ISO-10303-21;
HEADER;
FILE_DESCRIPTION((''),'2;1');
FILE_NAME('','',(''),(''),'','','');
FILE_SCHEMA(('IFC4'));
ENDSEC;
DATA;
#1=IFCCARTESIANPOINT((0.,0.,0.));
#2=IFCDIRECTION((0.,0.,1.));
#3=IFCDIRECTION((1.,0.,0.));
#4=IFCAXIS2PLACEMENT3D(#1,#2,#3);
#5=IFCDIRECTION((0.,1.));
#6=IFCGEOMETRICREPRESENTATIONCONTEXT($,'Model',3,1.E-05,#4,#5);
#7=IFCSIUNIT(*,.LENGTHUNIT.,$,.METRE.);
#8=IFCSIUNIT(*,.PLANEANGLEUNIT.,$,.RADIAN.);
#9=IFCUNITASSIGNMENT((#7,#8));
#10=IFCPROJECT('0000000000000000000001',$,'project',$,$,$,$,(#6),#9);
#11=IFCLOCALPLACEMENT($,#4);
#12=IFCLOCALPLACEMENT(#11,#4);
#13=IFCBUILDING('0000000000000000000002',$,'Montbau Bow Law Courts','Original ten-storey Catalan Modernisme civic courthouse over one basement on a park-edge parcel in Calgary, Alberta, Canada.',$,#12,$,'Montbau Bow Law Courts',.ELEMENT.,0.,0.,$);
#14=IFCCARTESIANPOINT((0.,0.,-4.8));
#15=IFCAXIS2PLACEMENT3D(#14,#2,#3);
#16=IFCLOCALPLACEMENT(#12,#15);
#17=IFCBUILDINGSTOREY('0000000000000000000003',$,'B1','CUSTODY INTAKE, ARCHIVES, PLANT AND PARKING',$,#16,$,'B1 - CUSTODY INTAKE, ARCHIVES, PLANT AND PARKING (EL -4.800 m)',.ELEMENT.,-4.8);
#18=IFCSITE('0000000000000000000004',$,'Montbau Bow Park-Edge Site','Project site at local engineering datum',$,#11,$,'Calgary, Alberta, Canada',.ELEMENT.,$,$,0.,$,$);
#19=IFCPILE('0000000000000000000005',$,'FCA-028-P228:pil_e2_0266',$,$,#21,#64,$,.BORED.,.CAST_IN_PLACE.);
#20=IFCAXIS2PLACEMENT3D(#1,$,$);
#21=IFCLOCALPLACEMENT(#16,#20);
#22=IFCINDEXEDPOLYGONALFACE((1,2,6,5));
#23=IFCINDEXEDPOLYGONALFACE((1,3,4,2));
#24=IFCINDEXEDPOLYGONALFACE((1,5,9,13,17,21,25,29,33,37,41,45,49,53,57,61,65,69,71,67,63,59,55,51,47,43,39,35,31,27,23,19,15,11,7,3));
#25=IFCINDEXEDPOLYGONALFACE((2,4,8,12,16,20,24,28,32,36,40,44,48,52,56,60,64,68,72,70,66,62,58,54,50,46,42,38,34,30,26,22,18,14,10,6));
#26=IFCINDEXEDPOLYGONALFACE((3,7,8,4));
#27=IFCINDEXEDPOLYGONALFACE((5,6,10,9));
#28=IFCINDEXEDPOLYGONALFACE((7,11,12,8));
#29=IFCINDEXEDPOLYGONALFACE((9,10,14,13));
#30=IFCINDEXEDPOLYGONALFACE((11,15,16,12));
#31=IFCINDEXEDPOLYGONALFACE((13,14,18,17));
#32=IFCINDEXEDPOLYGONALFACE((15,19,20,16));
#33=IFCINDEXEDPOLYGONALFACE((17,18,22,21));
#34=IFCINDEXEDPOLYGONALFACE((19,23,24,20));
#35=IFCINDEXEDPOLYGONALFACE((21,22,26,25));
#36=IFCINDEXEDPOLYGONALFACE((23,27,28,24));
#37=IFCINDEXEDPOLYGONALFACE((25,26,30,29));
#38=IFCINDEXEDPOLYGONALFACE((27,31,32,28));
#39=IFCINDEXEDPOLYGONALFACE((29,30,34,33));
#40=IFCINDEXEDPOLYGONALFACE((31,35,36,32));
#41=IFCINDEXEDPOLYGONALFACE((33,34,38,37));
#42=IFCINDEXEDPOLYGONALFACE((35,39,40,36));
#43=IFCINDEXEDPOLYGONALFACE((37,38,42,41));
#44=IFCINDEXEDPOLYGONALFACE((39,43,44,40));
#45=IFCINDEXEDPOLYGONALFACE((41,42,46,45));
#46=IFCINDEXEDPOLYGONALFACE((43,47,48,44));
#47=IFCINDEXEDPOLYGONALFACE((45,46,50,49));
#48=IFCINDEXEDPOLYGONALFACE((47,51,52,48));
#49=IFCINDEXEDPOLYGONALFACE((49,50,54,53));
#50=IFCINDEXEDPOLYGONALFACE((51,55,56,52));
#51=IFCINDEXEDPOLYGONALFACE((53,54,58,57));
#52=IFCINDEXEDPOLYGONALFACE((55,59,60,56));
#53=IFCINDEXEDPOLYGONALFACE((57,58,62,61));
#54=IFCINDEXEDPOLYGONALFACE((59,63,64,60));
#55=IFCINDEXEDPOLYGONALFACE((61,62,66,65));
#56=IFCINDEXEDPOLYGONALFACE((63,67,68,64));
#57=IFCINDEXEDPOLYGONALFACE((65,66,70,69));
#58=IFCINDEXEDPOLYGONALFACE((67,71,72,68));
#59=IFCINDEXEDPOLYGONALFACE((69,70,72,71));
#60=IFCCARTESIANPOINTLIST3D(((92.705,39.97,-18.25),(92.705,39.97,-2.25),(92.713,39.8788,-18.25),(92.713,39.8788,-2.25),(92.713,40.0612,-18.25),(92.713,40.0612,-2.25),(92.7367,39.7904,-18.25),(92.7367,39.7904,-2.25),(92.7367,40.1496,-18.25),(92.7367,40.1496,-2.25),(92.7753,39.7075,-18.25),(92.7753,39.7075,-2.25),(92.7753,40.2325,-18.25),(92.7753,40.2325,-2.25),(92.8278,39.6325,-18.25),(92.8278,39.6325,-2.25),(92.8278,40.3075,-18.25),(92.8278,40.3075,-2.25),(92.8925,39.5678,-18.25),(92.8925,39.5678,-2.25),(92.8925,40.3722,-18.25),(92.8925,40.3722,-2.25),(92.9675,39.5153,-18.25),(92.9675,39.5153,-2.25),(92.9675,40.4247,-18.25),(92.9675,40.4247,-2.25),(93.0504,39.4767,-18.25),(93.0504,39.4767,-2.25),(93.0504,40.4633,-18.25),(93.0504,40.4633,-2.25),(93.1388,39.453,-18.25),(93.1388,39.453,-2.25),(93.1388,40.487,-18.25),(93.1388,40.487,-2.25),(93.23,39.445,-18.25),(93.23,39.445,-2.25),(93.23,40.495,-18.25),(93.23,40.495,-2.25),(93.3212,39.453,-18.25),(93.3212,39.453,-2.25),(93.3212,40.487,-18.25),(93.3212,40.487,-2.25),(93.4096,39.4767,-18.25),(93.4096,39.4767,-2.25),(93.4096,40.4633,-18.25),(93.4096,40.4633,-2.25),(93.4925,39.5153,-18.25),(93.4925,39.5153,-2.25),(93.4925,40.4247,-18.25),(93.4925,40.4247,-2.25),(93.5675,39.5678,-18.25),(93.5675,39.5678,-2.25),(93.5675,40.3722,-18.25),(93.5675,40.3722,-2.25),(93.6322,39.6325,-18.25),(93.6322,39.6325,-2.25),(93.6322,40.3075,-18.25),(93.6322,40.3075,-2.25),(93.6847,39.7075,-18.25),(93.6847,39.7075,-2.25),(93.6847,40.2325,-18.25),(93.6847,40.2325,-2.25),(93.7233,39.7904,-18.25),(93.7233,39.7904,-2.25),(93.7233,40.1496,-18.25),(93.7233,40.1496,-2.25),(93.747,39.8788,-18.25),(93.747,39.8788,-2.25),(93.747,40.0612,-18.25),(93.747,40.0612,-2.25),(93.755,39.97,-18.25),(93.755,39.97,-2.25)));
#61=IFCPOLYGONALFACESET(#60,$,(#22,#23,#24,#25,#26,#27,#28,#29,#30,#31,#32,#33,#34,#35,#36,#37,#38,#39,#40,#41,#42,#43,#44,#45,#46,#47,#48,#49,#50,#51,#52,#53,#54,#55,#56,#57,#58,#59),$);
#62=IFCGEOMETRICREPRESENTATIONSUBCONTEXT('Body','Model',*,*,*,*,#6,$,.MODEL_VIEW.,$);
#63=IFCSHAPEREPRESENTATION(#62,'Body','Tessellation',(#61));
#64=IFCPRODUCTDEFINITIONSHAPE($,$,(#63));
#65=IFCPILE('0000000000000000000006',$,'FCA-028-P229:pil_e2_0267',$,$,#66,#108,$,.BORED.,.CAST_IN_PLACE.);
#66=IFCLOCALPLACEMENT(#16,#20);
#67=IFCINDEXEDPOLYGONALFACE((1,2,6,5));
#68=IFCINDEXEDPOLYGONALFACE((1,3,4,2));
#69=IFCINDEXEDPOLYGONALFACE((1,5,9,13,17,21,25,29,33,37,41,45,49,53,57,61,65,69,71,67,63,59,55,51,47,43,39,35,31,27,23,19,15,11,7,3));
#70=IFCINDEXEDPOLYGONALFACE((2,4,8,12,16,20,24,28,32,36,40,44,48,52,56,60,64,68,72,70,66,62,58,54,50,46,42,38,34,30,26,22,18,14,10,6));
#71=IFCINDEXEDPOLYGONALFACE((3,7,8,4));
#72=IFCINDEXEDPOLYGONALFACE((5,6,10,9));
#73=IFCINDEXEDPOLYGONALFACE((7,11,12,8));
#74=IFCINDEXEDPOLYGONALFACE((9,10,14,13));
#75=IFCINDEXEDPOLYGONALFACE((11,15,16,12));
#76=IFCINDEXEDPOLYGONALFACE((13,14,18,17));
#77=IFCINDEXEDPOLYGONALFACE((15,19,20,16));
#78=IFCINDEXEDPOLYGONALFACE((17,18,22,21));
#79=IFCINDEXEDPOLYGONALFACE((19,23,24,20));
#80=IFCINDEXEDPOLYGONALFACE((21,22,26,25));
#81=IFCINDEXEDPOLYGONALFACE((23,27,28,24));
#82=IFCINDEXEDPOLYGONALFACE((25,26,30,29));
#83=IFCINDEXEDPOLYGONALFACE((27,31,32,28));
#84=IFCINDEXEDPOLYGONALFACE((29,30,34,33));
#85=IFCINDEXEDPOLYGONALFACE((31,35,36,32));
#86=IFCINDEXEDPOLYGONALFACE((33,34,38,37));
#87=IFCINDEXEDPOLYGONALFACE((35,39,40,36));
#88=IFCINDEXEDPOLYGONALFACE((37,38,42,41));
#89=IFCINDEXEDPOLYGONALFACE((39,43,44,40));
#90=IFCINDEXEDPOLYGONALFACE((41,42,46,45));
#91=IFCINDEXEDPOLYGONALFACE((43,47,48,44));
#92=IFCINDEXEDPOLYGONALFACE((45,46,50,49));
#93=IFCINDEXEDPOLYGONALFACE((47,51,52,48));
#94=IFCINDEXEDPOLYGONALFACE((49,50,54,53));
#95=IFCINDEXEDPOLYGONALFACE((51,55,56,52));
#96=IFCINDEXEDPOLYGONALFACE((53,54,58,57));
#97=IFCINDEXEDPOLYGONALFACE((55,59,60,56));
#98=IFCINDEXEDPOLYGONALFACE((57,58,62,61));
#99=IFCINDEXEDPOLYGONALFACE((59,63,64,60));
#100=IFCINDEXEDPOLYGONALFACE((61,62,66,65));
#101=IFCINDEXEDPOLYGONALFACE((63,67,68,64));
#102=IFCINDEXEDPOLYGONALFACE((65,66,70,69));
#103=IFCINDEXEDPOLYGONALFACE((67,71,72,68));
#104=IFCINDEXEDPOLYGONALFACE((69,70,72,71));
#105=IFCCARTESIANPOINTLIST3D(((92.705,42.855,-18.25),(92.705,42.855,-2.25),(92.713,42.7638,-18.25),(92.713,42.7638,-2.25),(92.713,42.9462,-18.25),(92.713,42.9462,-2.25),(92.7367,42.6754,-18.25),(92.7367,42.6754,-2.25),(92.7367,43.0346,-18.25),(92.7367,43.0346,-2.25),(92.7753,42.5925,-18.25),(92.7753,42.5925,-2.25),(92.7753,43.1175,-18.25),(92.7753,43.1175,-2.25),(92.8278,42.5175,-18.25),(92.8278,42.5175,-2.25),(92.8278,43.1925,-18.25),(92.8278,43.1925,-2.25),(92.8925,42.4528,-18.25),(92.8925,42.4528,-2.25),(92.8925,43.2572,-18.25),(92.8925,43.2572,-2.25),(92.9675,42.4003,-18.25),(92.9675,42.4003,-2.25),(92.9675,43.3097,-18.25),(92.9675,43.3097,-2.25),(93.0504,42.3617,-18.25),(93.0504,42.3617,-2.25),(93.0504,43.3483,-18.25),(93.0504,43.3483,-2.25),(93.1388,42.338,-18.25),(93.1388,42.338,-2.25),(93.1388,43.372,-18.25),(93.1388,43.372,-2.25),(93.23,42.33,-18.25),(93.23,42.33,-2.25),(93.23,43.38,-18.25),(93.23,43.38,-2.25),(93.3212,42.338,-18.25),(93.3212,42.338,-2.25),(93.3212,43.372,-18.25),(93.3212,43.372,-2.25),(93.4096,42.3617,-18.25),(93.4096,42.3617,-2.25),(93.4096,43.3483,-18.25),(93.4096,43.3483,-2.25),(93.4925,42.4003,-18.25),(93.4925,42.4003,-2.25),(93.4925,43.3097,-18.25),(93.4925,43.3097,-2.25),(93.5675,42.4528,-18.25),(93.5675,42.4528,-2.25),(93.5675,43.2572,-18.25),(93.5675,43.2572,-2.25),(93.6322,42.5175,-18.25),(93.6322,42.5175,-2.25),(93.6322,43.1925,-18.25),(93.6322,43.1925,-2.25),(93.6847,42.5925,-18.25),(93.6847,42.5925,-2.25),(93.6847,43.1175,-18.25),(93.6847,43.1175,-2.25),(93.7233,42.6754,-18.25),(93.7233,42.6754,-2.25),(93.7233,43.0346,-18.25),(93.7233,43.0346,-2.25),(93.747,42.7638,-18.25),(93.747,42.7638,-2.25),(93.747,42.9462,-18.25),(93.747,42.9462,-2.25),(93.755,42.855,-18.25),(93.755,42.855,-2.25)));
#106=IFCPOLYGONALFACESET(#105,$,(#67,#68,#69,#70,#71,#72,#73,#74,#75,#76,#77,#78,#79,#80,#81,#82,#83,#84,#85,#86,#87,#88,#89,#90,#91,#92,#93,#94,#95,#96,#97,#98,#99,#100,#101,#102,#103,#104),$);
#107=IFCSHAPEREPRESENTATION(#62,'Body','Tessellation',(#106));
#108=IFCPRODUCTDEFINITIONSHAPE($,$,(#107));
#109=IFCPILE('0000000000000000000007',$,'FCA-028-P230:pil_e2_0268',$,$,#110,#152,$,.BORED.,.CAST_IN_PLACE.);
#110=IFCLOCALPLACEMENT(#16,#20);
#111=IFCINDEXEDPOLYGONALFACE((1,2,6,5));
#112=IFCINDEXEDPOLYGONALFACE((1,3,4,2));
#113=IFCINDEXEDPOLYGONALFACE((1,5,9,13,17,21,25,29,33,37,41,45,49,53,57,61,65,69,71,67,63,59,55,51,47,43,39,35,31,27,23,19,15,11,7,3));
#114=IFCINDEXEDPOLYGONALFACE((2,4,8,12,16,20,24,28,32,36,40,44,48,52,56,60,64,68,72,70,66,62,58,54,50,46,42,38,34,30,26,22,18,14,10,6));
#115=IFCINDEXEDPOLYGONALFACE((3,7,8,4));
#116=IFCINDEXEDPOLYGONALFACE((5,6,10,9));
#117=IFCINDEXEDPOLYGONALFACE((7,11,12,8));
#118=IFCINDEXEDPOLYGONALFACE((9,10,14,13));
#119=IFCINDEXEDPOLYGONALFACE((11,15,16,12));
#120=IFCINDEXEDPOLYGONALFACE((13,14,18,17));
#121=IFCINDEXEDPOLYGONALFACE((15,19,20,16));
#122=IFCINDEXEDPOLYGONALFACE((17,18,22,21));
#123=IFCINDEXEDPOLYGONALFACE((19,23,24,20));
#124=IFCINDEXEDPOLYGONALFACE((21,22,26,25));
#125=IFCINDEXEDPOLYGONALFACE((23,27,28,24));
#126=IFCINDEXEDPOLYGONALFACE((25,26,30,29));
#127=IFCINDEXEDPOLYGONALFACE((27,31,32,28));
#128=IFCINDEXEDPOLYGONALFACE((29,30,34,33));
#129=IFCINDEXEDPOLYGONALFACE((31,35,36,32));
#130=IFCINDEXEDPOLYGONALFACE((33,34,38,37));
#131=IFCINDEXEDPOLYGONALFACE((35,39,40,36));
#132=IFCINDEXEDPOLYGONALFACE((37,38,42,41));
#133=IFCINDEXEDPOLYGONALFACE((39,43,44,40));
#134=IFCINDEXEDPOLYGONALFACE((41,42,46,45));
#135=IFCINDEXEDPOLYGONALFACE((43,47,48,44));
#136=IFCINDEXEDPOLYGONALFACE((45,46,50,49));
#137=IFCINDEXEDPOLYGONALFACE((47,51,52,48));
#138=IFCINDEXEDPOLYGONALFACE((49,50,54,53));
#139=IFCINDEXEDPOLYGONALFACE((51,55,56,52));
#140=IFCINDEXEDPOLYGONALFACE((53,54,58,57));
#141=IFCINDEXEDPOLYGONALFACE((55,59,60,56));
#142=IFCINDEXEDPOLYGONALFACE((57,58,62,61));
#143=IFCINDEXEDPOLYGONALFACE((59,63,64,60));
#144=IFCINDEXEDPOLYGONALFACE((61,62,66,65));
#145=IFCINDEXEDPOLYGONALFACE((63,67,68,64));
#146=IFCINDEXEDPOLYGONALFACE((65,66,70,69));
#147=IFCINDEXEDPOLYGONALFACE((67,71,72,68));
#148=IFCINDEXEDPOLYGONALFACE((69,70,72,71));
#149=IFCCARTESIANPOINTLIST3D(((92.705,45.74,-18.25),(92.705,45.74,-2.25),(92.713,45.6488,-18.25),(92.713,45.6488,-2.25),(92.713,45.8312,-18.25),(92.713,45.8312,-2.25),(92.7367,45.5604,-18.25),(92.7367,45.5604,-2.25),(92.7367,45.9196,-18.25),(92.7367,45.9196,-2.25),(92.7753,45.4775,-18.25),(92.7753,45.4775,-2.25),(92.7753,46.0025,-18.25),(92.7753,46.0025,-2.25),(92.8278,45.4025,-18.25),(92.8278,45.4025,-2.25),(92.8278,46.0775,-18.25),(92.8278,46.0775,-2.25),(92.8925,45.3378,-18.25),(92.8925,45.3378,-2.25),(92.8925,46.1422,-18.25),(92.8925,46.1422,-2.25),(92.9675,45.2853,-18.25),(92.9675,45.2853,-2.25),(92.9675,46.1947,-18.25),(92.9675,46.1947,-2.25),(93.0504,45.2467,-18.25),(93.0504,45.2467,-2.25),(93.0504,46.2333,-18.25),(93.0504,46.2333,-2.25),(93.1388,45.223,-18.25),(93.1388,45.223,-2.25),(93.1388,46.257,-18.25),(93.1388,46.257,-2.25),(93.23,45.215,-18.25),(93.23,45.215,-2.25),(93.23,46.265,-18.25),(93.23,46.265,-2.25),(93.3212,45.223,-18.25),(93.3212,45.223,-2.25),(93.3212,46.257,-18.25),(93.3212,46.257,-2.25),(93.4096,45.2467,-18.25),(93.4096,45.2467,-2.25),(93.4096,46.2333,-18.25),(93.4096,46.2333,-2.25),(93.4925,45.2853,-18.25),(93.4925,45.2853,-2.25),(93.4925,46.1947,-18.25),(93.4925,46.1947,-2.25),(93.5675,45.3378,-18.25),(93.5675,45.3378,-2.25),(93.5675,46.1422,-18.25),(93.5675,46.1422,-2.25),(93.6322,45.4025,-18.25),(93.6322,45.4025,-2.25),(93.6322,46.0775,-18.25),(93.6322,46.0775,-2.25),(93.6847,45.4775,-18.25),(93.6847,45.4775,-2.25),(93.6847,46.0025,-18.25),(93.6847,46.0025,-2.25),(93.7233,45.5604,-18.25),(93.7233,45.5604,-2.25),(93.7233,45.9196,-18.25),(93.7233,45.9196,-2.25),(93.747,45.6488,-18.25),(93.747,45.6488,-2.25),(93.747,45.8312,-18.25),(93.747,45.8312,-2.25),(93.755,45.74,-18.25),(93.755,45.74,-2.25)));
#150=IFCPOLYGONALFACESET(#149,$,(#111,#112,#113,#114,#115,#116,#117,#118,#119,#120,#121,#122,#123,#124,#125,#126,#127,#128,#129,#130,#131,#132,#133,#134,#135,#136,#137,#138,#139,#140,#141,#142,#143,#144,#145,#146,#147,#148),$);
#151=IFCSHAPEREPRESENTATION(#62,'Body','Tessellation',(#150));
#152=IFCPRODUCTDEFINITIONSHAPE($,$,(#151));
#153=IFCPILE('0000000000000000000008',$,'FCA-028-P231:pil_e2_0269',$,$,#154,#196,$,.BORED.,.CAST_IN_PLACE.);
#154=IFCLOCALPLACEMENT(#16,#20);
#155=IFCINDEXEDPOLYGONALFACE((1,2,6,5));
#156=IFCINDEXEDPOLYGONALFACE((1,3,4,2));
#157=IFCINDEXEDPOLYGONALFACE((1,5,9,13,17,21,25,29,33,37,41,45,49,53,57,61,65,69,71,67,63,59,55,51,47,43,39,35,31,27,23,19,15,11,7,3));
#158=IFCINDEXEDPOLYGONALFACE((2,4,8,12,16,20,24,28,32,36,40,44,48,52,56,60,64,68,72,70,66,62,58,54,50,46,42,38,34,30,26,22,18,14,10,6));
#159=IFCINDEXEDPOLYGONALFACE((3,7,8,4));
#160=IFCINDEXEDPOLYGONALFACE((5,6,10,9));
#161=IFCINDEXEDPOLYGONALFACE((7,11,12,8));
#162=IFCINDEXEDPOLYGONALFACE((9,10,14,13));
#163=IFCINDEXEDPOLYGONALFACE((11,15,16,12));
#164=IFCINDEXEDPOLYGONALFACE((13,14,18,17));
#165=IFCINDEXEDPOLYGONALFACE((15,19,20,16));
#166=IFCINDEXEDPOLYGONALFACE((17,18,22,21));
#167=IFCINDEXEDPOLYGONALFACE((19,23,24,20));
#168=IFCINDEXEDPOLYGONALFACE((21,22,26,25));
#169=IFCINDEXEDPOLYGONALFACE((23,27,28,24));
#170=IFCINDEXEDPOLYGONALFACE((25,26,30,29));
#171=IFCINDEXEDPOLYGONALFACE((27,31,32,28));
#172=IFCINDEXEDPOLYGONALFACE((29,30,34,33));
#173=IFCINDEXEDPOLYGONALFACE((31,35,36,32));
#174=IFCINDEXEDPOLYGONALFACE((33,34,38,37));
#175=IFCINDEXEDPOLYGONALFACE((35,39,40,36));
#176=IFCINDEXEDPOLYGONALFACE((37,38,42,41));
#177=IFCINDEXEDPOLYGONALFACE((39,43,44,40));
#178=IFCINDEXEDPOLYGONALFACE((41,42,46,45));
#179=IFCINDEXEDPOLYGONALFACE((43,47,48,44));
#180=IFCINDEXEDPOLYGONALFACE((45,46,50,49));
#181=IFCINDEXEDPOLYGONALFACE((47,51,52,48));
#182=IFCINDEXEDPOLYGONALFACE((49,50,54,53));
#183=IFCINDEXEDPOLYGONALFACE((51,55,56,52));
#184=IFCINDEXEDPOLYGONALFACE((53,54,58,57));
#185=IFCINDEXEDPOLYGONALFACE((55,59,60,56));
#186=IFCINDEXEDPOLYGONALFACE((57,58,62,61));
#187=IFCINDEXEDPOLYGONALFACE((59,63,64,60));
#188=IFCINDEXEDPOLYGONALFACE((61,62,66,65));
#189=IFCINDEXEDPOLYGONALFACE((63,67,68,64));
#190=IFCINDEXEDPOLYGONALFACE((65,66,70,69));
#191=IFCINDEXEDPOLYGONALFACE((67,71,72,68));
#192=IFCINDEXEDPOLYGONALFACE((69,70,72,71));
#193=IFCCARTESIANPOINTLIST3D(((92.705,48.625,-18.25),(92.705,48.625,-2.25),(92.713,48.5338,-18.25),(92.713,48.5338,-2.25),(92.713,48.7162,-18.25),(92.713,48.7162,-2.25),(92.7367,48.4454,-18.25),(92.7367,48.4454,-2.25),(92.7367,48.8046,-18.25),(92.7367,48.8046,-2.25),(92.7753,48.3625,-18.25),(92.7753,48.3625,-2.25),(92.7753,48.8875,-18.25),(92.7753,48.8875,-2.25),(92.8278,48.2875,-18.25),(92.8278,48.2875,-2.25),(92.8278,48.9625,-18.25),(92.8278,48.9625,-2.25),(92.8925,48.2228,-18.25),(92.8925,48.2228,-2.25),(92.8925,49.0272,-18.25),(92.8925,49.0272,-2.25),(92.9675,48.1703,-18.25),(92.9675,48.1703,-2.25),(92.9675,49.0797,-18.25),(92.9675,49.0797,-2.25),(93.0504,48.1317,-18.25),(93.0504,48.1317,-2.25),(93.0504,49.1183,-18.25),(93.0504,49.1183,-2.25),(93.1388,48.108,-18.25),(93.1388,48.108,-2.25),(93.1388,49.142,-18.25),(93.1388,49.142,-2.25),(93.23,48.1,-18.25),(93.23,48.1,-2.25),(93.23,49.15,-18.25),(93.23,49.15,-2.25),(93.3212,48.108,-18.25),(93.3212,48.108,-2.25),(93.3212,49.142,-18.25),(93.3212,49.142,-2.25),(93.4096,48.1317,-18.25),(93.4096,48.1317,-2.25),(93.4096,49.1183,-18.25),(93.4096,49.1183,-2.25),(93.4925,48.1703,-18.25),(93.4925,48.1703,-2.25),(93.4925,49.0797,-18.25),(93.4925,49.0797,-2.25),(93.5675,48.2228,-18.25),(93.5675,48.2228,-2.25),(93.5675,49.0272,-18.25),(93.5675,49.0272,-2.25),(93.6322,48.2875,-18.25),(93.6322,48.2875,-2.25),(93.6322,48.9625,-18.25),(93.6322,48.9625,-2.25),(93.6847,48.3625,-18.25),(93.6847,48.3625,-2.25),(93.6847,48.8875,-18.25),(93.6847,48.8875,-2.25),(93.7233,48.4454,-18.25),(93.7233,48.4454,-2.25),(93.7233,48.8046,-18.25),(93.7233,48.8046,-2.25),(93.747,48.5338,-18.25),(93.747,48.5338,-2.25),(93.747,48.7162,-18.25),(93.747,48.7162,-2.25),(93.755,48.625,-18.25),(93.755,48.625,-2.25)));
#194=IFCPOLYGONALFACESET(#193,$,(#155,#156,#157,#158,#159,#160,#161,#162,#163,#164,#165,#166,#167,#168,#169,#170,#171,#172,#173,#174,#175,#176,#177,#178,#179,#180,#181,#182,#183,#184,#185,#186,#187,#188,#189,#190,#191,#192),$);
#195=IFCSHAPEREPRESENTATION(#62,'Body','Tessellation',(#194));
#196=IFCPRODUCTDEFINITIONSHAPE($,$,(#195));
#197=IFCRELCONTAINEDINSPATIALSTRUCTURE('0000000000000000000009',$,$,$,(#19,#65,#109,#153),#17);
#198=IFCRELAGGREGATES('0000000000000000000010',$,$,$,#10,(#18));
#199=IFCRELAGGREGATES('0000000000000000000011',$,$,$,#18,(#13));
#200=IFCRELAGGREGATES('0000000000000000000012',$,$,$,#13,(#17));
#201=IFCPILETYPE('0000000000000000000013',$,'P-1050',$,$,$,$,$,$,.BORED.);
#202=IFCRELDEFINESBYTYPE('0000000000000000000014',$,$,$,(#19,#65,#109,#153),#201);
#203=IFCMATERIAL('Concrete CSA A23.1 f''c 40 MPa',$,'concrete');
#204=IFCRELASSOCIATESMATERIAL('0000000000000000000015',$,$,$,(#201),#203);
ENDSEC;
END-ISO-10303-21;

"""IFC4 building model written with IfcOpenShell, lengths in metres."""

from ifc_helpers import new_model, si_unit, direction, frame, origin_with_axes, origin_2d_with_axis, place, context, subcontext, project, spatial, circle, extrude, material, material_profile, profile_set, type_object, element, save


model = new_model("IFC4")

# Units and contexts
model_context = context("Model", 3, precision=1e-05, world=origin_with_axes(), true_north=direction((0.0, 1.0)))
body_context = subcontext(model_context, "Body", "Model", "MODEL_VIEW")
ifc_project = project(units=[si_unit("LENGTHUNIT", "METRE"), si_unit("PLANEANGLEUNIT", "RADIAN")], contexts=[model_context])

# Site, building, storey
site_placement = place(None, origin_with_axes())
site = spatial("IfcSite", under=ifc_project, at=site_placement, Name="Montbau Bow Park-Edge Site", Description="Project site at local engineering datum", LongName="Calgary, Alberta, Canada", CompositionType="ELEMENT", RefElevation=0.0)
building_placement = place(site_placement, origin_with_axes())
building = spatial("IfcBuilding", under=site, at=building_placement, Name="Montbau Bow Law Courts", Description="Original ten-storey Catalan Modernisme civic courthouse over one basement on a park-edge parcel in Calgary, Alberta, Canada.", LongName="Montbau Bow Law Courts", CompositionType="ELEMENT", ElevationOfRefHeight=0.0, ElevationOfTerrain=0.0)
storey_placement = place(building_placement, frame((0.0, 0.0, -4.8), z_axis=(0.0, 0.0, 1.0), x_axis=(1.0, 0.0, 0.0)))
storey = spatial("IfcBuildingStorey", under=building, at=storey_placement, Name="B1", Description="CUSTODY INTAKE, ARCHIVES, PLANT AND PARKING", LongName="B1 - CUSTODY INTAKE, ARCHIVES, PLANT AND PARKING (EL -4.800 m)", CompositionType="ELEMENT", Elevation=-4.8)

# Piles
ifc_material_1 = material(Name="Concrete CSA A23.1 f'c 40 MPa", Category="concrete")
ifc_material_profile_1 = material_profile(ifc_material_1, circle(Radius=0.525, at=origin_2d_with_axis()), Name="BP1050", Category="Main", Priority=0)
ifc_profile_set_1 = profile_set([ifc_material_profile_1], Name="Concrete CSA A23.1 f'c 40 MPa")
pile_type = type_object("IfcPileType", Name="P-1050", PredefinedType="BORED", material=ifc_profile_set_1)
for number, where, z_axis, x_axis, name in (
    (1, (93.23, 39.97, -23.05), (0.0, 0.0, 1.0), (1.0, 0.0, 0.0), "FCA-028-P228:pil_e2_0266"),
    (2, (93.23, 42.855, -23.05), (0.0, 0.0, 1.0), (1.0, 0.0, 0.0), "FCA-028-P229:pil_e2_0267"),
    (3, (93.23, 45.74, -23.05), (0.0, 0.0, 1.0), (1.0, 0.0, 0.0), "FCA-028-P230:pil_e2_0268"),
    (4, (93.23, 48.625, -23.05), (0.0, 0.0, 1.0), (1.0, 0.0, 0.0), "FCA-028-P231:pil_e2_0269"),
):
    element("IfcPile", number, at=place(None, frame(where, z_axis=z_axis, x_axis=x_axis)), inside=storey, type_object=pile_type, Name=name, ConstructionType="CAST_IN_PLACE", PredefinedType="BORED", context=body_context, shape_type="SweptSolid", body=[
        extrude(circle(Radius=0.525, at=origin_2d_with_axis()), origin_with_axes(), (0.0, 0.0, 1.0), 16.0),
    ])

save(model, "model.ifc")
